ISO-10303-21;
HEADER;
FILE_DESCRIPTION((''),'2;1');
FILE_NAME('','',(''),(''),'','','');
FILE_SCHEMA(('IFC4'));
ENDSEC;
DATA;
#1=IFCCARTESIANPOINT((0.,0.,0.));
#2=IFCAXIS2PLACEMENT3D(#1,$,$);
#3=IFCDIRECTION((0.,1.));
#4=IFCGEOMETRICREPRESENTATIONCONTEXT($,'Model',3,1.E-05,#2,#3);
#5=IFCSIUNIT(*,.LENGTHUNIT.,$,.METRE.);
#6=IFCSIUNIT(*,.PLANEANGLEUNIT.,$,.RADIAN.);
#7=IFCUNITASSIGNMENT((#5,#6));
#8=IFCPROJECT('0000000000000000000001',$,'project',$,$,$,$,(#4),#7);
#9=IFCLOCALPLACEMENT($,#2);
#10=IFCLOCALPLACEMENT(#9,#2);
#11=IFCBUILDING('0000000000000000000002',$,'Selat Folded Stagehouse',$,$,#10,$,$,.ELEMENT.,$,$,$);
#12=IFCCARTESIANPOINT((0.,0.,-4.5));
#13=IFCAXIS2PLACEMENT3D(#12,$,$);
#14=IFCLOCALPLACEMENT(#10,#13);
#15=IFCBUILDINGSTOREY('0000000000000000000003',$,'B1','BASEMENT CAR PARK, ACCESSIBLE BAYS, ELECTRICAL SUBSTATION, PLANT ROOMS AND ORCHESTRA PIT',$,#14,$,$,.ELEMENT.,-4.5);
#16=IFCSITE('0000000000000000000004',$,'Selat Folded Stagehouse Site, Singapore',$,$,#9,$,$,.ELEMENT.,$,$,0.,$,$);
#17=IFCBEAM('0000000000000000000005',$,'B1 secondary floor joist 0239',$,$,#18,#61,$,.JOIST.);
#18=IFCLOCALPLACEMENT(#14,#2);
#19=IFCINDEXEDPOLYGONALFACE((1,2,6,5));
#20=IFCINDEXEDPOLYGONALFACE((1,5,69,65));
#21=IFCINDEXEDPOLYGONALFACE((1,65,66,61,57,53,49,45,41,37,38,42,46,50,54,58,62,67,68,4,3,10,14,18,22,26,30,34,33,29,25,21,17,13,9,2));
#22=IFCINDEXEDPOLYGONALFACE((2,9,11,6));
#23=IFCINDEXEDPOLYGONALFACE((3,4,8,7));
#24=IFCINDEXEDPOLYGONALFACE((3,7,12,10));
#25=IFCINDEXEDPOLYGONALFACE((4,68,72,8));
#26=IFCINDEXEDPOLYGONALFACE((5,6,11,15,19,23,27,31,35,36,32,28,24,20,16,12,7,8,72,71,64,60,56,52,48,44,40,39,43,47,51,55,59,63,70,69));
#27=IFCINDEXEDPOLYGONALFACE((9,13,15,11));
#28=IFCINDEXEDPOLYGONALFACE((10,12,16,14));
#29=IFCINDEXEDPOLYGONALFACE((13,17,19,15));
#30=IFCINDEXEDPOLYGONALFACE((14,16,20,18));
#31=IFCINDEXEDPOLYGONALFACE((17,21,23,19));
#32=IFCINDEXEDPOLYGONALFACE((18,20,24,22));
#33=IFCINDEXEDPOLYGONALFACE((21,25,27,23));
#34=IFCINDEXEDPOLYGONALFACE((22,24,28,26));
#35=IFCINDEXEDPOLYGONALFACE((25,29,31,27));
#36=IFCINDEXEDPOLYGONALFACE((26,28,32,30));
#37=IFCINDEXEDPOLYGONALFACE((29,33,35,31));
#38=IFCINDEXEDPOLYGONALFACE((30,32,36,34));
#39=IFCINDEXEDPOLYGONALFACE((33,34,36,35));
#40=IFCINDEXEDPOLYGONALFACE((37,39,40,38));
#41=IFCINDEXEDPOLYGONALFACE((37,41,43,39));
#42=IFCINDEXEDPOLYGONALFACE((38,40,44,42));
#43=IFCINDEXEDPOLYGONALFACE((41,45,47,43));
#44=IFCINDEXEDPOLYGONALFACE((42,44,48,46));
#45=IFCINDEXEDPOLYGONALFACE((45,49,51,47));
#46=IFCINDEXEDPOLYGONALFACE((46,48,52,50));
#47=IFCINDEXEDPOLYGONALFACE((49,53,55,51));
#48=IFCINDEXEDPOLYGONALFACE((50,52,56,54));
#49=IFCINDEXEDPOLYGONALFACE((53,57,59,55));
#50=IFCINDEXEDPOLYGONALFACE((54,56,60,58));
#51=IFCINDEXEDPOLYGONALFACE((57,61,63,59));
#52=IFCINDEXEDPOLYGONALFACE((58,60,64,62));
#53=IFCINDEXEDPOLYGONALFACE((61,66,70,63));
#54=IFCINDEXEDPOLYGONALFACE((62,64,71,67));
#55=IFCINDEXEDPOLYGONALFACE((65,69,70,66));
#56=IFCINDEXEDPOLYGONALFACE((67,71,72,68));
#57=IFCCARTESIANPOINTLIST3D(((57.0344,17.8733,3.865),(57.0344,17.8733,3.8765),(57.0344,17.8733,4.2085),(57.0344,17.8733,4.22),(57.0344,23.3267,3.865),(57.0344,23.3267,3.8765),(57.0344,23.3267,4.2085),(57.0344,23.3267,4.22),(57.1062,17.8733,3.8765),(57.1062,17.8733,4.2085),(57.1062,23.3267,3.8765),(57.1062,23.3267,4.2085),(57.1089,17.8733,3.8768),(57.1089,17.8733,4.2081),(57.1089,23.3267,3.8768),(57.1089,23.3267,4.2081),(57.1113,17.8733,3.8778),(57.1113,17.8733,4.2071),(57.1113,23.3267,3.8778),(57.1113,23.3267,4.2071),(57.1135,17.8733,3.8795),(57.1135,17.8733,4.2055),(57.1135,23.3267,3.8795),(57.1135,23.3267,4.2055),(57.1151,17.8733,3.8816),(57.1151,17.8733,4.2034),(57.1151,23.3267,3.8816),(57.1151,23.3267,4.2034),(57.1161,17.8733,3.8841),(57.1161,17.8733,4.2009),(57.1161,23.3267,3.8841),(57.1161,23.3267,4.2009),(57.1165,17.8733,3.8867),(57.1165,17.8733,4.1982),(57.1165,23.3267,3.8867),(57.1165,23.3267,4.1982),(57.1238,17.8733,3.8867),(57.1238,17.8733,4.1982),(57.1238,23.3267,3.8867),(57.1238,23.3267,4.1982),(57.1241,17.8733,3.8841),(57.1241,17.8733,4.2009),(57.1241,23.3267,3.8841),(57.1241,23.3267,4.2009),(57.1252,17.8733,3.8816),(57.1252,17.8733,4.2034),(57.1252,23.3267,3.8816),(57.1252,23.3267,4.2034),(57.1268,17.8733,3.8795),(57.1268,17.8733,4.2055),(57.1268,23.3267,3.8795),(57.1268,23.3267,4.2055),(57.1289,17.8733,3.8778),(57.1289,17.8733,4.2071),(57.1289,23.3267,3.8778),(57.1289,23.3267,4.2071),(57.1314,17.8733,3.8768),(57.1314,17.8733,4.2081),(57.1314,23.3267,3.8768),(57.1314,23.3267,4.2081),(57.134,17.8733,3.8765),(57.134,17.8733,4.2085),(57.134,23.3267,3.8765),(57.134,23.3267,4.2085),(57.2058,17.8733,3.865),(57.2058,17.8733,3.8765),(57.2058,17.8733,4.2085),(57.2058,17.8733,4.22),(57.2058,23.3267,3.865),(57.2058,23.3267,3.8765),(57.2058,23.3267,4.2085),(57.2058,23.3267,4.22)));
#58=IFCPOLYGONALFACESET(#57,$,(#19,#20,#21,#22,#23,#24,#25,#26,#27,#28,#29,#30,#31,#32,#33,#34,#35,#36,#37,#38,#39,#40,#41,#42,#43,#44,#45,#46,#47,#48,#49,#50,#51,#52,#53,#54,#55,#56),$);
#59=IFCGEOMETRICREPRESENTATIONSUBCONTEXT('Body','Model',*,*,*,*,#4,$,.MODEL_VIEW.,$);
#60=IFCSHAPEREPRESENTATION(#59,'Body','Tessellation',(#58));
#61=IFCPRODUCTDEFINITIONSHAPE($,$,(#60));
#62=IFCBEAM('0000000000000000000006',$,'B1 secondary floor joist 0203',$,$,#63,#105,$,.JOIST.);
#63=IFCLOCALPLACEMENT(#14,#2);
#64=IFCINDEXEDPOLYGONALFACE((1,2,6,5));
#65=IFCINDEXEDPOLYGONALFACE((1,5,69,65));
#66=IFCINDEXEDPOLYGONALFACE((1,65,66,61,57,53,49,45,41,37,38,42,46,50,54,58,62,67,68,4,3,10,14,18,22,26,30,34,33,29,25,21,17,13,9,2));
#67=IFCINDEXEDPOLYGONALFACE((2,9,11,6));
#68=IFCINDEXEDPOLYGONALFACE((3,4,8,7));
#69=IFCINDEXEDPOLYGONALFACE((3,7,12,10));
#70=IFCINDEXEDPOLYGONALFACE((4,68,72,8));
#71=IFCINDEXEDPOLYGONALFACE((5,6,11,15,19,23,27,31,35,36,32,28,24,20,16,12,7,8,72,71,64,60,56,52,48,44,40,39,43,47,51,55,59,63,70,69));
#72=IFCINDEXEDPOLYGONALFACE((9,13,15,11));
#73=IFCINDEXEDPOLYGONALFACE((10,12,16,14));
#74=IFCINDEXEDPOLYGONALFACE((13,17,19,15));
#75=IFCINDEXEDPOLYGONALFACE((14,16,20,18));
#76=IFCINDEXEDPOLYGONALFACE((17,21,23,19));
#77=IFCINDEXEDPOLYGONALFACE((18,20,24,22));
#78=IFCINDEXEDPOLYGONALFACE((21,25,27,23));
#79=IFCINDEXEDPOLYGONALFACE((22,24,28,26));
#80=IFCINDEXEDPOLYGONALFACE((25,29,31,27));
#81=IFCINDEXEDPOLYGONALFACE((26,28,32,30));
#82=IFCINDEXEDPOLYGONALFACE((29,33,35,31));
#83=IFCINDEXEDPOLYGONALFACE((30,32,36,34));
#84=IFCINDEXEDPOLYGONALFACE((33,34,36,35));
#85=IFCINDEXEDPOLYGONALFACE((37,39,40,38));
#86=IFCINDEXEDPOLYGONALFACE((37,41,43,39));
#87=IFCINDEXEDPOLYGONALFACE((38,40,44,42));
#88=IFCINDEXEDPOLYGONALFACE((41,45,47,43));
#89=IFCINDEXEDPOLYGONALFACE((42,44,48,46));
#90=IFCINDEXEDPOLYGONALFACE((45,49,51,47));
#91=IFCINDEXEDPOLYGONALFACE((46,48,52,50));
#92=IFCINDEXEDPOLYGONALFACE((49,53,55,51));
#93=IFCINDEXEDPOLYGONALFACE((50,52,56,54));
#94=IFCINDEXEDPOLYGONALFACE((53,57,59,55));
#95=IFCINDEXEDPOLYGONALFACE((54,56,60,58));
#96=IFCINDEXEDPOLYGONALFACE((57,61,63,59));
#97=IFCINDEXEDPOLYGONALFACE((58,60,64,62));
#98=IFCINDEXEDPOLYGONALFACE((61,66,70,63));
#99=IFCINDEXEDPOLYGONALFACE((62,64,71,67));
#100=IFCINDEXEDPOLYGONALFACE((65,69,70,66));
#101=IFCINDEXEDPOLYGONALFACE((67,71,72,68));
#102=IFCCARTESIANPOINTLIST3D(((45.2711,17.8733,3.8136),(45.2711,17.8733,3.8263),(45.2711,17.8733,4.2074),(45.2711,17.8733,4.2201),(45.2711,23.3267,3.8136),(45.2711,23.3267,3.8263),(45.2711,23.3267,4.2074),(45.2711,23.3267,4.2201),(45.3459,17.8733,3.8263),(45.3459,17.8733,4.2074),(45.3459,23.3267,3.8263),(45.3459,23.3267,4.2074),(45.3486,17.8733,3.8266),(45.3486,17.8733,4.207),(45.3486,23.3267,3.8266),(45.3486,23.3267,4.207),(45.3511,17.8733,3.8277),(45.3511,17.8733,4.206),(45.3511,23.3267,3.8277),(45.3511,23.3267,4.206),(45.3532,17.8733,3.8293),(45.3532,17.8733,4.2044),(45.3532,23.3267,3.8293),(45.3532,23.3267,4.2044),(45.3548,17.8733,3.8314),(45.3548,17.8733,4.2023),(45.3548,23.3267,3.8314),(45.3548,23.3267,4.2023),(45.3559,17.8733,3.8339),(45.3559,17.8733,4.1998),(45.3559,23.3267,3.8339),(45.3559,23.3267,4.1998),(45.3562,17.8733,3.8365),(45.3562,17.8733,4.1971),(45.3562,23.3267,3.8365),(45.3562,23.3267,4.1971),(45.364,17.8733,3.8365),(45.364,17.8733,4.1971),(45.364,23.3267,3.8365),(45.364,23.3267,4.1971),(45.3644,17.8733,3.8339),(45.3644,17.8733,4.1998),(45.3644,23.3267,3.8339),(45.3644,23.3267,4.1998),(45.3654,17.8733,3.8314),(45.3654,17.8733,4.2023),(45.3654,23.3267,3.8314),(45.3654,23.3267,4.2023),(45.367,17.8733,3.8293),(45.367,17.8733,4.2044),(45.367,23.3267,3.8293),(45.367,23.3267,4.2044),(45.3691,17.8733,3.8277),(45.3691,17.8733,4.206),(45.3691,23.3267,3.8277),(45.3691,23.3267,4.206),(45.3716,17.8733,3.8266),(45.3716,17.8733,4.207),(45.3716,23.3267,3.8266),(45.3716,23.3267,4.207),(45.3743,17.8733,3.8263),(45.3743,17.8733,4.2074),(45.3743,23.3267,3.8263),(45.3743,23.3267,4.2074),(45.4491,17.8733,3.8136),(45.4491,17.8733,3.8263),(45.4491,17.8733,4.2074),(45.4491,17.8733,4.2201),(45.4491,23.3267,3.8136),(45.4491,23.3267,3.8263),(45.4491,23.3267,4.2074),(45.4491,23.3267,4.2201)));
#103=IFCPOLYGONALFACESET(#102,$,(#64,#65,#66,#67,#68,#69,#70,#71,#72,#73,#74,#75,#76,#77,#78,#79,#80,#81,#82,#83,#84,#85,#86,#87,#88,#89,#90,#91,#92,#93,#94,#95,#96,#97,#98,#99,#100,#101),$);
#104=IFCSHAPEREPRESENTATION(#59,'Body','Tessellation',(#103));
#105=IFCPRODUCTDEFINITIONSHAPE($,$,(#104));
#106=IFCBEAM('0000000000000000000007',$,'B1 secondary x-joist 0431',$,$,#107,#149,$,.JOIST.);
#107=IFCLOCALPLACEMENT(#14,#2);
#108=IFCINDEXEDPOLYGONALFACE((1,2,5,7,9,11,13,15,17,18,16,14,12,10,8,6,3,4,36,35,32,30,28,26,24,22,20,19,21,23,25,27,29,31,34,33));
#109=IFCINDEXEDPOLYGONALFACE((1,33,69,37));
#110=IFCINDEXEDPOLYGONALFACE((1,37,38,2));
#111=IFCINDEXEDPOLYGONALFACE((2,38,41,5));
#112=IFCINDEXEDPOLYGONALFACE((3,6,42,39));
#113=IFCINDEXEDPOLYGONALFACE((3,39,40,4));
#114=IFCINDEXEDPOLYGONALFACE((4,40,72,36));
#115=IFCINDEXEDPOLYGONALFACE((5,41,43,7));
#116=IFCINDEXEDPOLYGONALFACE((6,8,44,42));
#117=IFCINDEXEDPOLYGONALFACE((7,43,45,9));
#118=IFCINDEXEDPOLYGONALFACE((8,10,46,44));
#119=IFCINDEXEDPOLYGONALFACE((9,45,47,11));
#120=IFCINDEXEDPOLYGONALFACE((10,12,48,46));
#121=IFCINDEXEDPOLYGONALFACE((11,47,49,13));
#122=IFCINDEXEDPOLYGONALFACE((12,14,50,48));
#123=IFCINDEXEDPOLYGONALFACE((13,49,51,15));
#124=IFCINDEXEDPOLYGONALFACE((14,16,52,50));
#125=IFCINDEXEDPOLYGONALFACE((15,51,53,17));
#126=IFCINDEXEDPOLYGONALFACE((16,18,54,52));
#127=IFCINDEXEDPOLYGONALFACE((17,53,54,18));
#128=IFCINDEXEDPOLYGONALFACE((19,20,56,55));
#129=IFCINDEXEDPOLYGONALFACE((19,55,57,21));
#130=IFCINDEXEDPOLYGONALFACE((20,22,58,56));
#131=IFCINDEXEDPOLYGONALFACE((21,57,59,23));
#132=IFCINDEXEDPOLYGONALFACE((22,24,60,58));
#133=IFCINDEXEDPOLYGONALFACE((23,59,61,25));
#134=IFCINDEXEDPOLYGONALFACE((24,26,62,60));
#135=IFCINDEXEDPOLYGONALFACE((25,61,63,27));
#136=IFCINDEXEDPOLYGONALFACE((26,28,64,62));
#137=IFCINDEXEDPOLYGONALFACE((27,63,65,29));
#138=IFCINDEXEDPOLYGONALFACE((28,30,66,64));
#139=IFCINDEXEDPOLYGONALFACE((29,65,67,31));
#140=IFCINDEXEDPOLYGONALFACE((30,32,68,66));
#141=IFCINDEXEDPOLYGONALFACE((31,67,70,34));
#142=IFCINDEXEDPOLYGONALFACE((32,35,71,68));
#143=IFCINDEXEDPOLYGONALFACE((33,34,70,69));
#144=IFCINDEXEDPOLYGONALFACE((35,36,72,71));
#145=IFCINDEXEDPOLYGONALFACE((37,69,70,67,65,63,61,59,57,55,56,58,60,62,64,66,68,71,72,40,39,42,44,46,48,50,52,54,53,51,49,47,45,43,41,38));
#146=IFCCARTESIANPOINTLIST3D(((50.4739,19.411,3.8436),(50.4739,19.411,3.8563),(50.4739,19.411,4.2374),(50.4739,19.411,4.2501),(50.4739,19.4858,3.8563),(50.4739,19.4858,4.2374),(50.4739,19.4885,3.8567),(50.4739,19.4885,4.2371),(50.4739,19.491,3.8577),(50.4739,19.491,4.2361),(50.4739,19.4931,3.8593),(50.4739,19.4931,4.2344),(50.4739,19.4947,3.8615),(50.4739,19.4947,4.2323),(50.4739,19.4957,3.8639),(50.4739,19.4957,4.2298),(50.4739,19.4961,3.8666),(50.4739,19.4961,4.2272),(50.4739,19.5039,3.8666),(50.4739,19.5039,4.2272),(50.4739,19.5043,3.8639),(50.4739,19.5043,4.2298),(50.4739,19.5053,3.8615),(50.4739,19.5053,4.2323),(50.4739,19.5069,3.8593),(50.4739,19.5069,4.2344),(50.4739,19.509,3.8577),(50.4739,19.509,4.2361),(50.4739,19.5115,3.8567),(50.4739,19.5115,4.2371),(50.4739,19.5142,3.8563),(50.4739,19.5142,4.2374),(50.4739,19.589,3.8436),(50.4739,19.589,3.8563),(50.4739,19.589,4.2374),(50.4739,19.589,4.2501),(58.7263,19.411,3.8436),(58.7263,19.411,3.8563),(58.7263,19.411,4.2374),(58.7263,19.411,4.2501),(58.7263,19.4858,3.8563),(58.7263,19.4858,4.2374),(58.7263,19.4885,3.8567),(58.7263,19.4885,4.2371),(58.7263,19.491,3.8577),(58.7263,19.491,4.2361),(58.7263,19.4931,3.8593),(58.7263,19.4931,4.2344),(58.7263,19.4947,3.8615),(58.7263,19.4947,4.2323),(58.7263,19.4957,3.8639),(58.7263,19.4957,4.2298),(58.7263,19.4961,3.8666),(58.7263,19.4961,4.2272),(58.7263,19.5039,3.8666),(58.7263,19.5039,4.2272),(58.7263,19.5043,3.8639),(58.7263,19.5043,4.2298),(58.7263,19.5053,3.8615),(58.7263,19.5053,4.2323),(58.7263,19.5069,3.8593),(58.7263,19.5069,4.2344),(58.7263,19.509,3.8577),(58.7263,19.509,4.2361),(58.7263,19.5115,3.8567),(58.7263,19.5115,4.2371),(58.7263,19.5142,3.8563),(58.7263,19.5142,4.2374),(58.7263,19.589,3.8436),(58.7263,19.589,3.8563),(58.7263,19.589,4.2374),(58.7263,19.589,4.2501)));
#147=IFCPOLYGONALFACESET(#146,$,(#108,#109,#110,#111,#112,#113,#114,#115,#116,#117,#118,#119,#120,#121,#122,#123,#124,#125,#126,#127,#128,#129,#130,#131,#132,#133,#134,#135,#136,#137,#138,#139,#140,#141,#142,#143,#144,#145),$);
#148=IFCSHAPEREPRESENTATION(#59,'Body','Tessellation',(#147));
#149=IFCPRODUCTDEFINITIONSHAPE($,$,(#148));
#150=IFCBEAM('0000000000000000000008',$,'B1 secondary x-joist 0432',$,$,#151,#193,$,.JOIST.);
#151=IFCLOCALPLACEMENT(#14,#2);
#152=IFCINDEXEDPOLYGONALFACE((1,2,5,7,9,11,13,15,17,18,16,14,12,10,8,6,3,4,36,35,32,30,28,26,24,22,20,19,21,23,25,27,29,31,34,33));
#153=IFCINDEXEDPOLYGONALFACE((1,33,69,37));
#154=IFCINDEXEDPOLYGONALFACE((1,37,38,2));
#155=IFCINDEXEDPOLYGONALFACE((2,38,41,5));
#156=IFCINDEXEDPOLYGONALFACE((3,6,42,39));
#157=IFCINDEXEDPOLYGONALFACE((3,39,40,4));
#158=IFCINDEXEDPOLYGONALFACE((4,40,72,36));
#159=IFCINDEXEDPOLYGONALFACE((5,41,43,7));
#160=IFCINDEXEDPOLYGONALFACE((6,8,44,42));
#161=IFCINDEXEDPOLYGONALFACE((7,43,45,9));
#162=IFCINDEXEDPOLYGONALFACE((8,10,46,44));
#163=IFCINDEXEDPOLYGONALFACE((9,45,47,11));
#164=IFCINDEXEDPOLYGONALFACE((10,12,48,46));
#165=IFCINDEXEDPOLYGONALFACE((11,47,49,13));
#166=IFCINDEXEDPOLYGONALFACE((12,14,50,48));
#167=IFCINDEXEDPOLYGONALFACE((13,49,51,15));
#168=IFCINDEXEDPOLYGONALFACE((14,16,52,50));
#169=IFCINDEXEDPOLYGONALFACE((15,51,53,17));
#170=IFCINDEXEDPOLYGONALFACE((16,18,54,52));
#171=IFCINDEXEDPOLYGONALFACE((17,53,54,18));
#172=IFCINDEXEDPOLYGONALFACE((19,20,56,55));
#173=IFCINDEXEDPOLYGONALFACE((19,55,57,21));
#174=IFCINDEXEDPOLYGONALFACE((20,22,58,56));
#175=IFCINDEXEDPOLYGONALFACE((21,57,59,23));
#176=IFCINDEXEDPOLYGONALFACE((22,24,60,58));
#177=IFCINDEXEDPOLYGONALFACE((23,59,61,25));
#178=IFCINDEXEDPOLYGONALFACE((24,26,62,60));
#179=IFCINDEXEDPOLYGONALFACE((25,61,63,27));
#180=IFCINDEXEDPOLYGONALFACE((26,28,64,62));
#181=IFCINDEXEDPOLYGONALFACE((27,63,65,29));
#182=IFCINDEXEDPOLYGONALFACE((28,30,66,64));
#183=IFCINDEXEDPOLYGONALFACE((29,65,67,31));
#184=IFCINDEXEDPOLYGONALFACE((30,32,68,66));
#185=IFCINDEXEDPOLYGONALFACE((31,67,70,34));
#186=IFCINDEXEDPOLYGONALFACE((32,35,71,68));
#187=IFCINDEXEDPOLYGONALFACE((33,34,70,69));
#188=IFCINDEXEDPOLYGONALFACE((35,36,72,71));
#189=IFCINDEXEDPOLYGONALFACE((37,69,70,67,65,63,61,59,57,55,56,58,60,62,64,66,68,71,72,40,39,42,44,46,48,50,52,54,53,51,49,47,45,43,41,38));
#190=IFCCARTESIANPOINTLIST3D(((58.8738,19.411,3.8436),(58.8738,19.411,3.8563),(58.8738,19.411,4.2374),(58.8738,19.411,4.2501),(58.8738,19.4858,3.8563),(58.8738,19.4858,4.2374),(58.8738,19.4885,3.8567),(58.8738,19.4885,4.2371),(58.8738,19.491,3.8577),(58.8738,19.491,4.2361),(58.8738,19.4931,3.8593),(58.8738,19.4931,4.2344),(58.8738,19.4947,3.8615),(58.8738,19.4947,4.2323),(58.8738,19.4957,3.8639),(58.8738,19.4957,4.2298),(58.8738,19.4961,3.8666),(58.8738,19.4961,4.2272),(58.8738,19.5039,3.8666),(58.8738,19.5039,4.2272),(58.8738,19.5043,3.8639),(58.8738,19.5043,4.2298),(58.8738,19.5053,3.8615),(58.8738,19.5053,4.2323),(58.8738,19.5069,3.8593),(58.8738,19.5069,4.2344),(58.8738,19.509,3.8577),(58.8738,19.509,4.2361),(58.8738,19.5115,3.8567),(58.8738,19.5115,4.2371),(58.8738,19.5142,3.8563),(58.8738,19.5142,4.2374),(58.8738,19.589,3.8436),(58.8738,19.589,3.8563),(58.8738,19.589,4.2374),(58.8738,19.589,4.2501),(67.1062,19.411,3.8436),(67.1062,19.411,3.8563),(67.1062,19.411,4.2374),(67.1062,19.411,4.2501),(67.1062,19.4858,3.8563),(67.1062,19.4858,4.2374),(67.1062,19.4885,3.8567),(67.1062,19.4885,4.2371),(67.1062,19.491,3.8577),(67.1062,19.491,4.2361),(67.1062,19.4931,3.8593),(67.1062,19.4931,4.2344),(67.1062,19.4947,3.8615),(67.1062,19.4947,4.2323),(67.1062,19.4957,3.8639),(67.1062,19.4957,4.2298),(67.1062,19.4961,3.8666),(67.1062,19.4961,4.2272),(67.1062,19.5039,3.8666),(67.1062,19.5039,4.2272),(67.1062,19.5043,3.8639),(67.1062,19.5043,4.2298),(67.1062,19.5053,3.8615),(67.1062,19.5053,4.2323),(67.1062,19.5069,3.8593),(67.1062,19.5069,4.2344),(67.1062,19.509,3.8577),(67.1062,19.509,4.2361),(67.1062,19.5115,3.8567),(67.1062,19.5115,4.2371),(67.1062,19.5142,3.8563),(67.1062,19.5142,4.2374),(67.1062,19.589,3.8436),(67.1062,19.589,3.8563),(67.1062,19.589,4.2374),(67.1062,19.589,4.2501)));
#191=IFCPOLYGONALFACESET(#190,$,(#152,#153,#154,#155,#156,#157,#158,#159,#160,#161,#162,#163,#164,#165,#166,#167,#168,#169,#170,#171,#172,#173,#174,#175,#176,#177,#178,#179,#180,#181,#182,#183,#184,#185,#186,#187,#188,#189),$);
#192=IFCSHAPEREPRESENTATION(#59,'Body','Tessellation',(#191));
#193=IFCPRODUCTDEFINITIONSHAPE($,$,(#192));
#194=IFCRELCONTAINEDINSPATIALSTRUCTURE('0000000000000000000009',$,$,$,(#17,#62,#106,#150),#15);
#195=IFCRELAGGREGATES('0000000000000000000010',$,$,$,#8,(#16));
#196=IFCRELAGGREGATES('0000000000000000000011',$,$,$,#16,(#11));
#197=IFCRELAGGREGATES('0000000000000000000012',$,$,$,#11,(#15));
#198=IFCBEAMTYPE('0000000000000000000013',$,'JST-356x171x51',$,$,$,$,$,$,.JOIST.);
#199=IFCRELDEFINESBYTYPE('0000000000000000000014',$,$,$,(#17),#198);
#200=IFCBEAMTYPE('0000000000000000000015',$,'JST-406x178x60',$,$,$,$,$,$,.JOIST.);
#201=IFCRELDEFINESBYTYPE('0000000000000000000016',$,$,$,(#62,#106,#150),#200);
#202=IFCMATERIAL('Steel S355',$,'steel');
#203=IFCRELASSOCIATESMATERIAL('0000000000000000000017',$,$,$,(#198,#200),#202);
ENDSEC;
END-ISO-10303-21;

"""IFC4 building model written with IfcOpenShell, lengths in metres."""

from ifc_helpers import new_model, si_unit, direction, frame, origin, origin_2d, place, context, subcontext, project, spatial, i_section, extrude, material, material_profile, profile_set, type_object, element, save


model = new_model("IFC4")

# Units and contexts
model_context = context("Model", 3, precision=1e-05, world=origin(), true_north=direction((0.0, 1.0)))
body_context = subcontext(model_context, "Body", "Model", "MODEL_VIEW")
ifc_project = project(units=[si_unit("LENGTHUNIT", "METRE"), si_unit("PLANEANGLEUNIT", "RADIAN")], contexts=[model_context])

# Site, building, storey
site_placement = place(None, origin())
site = spatial("IfcSite", under=ifc_project, at=site_placement, Name="Selat Folded Stagehouse Site, Singapore", CompositionType="ELEMENT", RefElevation=0.0)
building_placement = place(site_placement, origin())
building = spatial("IfcBuilding", under=site, at=building_placement, Name="Selat Folded Stagehouse", CompositionType="ELEMENT")
storey_placement = place(building_placement, frame((0.0, 0.0, -4.5)))
storey = spatial("IfcBuildingStorey", under=building, at=storey_placement, Name="B1", Description="BASEMENT CAR PARK, ACCESSIBLE BAYS, ELECTRICAL SUBSTATION, PLANT ROOMS AND ORCHESTRA PIT", CompositionType="ELEMENT", Elevation=-4.5)

# Shared definitions
ifc_material_1 = material(Name="Steel S355", Category="steel")

# Beams
ifc_material_profile_1 = material_profile(ifc_material_1, i_section(OverallWidth=0.1714, OverallDepth=0.355, WebThickness=0.0073, FlangeThickness=0.0115, FilletRadius=0.0103, at=origin_2d()), Name="UKB 356x171x51")
ifc_profile_set_1 = profile_set([ifc_material_profile_1], Name="Steel S355")
beam_type_1 = type_object("IfcBeamType", Name="JST-356x171x51", PredefinedType="JOIST", material=ifc_profile_set_1)
for number, where, z_axis, x_axis, name in (
    (1, (57.1201, 17.8733, 4.0425), (0.0, 1.0, 0.0), (-1.0, 0.0, 0.0), "B1 secondary floor joist 0239"),
):
    element("IfcBeam", number, at=place(storey_placement, frame(where, z_axis=z_axis, x_axis=x_axis)), inside=storey, type_object=beam_type_1, Name=name, PredefinedType="JOIST", context=body_context, shape_type="SweptSolid", body=[
        extrude(i_section(OverallWidth=0.1714, OverallDepth=0.355, WebThickness=0.0073, FlangeThickness=0.0115, FilletRadius=0.0103, at=origin_2d()), origin(), (0.0, 0.0, 1.0), 5.4534),
    ])
ifc_material_profile_2 = material_profile(ifc_material_1, i_section(OverallWidth=0.178, OverallDepth=0.4065, WebThickness=0.0078, FlangeThickness=0.0127, FilletRadius=0.0103, at=origin_2d()), Name="UKB 406x178x60")
ifc_profile_set_2 = profile_set([ifc_material_profile_2], Name="Steel S355")
beam_type_2 = type_object("IfcBeamType", Name="JST-406x178x60", PredefinedType="JOIST", material=ifc_profile_set_2)
beam_1_placement = place(storey_placement, frame((45.3601, 17.8733, 4.0168), z_axis=(0.0, 1.0, 0.0), x_axis=(-1.0, 0.0, 0.0)))
element("IfcBeam", 2, at=beam_1_placement, inside=storey, type_object=beam_type_2, Name="B1 secondary floor joist 0203", PredefinedType="JOIST", context=body_context, shape_type="SweptSolid", body=[
    extrude(i_section(OverallWidth=0.178, OverallDepth=0.4065, WebThickness=0.0078, FlangeThickness=0.0127, FilletRadius=0.0103, at=origin_2d()), origin(), (0.0, 0.0, 1.0), 5.4534),
])
beam_2_placement = place(storey_placement, frame((50.4739, 19.5, 4.0469), z_axis=(1.0, 0.0, 0.0), x_axis=(0.0, 1.0, 0.0)))
element("IfcBeam", 3, at=beam_2_placement, inside=storey, type_object=beam_type_2, Name="B1 secondary x-joist 0431", PredefinedType="JOIST", context=body_context, shape_type="SweptSolid", body=[
    extrude(i_section(OverallWidth=0.178, OverallDepth=0.4065, WebThickness=0.0078, FlangeThickness=0.0127, FilletRadius=0.0103, at=origin_2d()), origin(), (0.0, 0.0, 1.0), 8.2524),
])
beam_3_placement = place(storey_placement, frame((58.8738, 19.5, 4.0469), z_axis=(1.0, 0.0, 0.0), x_axis=(0.0, 1.0, 0.0)))
element("IfcBeam", 4, at=beam_3_placement, inside=storey, type_object=beam_type_2, Name="B1 secondary x-joist 0432", PredefinedType="JOIST", context=body_context, shape_type="SweptSolid", body=[
    extrude(i_section(OverallWidth=0.178, OverallDepth=0.4065, WebThickness=0.0078, FlangeThickness=0.0127, FilletRadius=0.0103, at=origin_2d()), origin(), (0.0, 0.0, 1.0), 8.2324),
])

save(model, "model.ifc")
